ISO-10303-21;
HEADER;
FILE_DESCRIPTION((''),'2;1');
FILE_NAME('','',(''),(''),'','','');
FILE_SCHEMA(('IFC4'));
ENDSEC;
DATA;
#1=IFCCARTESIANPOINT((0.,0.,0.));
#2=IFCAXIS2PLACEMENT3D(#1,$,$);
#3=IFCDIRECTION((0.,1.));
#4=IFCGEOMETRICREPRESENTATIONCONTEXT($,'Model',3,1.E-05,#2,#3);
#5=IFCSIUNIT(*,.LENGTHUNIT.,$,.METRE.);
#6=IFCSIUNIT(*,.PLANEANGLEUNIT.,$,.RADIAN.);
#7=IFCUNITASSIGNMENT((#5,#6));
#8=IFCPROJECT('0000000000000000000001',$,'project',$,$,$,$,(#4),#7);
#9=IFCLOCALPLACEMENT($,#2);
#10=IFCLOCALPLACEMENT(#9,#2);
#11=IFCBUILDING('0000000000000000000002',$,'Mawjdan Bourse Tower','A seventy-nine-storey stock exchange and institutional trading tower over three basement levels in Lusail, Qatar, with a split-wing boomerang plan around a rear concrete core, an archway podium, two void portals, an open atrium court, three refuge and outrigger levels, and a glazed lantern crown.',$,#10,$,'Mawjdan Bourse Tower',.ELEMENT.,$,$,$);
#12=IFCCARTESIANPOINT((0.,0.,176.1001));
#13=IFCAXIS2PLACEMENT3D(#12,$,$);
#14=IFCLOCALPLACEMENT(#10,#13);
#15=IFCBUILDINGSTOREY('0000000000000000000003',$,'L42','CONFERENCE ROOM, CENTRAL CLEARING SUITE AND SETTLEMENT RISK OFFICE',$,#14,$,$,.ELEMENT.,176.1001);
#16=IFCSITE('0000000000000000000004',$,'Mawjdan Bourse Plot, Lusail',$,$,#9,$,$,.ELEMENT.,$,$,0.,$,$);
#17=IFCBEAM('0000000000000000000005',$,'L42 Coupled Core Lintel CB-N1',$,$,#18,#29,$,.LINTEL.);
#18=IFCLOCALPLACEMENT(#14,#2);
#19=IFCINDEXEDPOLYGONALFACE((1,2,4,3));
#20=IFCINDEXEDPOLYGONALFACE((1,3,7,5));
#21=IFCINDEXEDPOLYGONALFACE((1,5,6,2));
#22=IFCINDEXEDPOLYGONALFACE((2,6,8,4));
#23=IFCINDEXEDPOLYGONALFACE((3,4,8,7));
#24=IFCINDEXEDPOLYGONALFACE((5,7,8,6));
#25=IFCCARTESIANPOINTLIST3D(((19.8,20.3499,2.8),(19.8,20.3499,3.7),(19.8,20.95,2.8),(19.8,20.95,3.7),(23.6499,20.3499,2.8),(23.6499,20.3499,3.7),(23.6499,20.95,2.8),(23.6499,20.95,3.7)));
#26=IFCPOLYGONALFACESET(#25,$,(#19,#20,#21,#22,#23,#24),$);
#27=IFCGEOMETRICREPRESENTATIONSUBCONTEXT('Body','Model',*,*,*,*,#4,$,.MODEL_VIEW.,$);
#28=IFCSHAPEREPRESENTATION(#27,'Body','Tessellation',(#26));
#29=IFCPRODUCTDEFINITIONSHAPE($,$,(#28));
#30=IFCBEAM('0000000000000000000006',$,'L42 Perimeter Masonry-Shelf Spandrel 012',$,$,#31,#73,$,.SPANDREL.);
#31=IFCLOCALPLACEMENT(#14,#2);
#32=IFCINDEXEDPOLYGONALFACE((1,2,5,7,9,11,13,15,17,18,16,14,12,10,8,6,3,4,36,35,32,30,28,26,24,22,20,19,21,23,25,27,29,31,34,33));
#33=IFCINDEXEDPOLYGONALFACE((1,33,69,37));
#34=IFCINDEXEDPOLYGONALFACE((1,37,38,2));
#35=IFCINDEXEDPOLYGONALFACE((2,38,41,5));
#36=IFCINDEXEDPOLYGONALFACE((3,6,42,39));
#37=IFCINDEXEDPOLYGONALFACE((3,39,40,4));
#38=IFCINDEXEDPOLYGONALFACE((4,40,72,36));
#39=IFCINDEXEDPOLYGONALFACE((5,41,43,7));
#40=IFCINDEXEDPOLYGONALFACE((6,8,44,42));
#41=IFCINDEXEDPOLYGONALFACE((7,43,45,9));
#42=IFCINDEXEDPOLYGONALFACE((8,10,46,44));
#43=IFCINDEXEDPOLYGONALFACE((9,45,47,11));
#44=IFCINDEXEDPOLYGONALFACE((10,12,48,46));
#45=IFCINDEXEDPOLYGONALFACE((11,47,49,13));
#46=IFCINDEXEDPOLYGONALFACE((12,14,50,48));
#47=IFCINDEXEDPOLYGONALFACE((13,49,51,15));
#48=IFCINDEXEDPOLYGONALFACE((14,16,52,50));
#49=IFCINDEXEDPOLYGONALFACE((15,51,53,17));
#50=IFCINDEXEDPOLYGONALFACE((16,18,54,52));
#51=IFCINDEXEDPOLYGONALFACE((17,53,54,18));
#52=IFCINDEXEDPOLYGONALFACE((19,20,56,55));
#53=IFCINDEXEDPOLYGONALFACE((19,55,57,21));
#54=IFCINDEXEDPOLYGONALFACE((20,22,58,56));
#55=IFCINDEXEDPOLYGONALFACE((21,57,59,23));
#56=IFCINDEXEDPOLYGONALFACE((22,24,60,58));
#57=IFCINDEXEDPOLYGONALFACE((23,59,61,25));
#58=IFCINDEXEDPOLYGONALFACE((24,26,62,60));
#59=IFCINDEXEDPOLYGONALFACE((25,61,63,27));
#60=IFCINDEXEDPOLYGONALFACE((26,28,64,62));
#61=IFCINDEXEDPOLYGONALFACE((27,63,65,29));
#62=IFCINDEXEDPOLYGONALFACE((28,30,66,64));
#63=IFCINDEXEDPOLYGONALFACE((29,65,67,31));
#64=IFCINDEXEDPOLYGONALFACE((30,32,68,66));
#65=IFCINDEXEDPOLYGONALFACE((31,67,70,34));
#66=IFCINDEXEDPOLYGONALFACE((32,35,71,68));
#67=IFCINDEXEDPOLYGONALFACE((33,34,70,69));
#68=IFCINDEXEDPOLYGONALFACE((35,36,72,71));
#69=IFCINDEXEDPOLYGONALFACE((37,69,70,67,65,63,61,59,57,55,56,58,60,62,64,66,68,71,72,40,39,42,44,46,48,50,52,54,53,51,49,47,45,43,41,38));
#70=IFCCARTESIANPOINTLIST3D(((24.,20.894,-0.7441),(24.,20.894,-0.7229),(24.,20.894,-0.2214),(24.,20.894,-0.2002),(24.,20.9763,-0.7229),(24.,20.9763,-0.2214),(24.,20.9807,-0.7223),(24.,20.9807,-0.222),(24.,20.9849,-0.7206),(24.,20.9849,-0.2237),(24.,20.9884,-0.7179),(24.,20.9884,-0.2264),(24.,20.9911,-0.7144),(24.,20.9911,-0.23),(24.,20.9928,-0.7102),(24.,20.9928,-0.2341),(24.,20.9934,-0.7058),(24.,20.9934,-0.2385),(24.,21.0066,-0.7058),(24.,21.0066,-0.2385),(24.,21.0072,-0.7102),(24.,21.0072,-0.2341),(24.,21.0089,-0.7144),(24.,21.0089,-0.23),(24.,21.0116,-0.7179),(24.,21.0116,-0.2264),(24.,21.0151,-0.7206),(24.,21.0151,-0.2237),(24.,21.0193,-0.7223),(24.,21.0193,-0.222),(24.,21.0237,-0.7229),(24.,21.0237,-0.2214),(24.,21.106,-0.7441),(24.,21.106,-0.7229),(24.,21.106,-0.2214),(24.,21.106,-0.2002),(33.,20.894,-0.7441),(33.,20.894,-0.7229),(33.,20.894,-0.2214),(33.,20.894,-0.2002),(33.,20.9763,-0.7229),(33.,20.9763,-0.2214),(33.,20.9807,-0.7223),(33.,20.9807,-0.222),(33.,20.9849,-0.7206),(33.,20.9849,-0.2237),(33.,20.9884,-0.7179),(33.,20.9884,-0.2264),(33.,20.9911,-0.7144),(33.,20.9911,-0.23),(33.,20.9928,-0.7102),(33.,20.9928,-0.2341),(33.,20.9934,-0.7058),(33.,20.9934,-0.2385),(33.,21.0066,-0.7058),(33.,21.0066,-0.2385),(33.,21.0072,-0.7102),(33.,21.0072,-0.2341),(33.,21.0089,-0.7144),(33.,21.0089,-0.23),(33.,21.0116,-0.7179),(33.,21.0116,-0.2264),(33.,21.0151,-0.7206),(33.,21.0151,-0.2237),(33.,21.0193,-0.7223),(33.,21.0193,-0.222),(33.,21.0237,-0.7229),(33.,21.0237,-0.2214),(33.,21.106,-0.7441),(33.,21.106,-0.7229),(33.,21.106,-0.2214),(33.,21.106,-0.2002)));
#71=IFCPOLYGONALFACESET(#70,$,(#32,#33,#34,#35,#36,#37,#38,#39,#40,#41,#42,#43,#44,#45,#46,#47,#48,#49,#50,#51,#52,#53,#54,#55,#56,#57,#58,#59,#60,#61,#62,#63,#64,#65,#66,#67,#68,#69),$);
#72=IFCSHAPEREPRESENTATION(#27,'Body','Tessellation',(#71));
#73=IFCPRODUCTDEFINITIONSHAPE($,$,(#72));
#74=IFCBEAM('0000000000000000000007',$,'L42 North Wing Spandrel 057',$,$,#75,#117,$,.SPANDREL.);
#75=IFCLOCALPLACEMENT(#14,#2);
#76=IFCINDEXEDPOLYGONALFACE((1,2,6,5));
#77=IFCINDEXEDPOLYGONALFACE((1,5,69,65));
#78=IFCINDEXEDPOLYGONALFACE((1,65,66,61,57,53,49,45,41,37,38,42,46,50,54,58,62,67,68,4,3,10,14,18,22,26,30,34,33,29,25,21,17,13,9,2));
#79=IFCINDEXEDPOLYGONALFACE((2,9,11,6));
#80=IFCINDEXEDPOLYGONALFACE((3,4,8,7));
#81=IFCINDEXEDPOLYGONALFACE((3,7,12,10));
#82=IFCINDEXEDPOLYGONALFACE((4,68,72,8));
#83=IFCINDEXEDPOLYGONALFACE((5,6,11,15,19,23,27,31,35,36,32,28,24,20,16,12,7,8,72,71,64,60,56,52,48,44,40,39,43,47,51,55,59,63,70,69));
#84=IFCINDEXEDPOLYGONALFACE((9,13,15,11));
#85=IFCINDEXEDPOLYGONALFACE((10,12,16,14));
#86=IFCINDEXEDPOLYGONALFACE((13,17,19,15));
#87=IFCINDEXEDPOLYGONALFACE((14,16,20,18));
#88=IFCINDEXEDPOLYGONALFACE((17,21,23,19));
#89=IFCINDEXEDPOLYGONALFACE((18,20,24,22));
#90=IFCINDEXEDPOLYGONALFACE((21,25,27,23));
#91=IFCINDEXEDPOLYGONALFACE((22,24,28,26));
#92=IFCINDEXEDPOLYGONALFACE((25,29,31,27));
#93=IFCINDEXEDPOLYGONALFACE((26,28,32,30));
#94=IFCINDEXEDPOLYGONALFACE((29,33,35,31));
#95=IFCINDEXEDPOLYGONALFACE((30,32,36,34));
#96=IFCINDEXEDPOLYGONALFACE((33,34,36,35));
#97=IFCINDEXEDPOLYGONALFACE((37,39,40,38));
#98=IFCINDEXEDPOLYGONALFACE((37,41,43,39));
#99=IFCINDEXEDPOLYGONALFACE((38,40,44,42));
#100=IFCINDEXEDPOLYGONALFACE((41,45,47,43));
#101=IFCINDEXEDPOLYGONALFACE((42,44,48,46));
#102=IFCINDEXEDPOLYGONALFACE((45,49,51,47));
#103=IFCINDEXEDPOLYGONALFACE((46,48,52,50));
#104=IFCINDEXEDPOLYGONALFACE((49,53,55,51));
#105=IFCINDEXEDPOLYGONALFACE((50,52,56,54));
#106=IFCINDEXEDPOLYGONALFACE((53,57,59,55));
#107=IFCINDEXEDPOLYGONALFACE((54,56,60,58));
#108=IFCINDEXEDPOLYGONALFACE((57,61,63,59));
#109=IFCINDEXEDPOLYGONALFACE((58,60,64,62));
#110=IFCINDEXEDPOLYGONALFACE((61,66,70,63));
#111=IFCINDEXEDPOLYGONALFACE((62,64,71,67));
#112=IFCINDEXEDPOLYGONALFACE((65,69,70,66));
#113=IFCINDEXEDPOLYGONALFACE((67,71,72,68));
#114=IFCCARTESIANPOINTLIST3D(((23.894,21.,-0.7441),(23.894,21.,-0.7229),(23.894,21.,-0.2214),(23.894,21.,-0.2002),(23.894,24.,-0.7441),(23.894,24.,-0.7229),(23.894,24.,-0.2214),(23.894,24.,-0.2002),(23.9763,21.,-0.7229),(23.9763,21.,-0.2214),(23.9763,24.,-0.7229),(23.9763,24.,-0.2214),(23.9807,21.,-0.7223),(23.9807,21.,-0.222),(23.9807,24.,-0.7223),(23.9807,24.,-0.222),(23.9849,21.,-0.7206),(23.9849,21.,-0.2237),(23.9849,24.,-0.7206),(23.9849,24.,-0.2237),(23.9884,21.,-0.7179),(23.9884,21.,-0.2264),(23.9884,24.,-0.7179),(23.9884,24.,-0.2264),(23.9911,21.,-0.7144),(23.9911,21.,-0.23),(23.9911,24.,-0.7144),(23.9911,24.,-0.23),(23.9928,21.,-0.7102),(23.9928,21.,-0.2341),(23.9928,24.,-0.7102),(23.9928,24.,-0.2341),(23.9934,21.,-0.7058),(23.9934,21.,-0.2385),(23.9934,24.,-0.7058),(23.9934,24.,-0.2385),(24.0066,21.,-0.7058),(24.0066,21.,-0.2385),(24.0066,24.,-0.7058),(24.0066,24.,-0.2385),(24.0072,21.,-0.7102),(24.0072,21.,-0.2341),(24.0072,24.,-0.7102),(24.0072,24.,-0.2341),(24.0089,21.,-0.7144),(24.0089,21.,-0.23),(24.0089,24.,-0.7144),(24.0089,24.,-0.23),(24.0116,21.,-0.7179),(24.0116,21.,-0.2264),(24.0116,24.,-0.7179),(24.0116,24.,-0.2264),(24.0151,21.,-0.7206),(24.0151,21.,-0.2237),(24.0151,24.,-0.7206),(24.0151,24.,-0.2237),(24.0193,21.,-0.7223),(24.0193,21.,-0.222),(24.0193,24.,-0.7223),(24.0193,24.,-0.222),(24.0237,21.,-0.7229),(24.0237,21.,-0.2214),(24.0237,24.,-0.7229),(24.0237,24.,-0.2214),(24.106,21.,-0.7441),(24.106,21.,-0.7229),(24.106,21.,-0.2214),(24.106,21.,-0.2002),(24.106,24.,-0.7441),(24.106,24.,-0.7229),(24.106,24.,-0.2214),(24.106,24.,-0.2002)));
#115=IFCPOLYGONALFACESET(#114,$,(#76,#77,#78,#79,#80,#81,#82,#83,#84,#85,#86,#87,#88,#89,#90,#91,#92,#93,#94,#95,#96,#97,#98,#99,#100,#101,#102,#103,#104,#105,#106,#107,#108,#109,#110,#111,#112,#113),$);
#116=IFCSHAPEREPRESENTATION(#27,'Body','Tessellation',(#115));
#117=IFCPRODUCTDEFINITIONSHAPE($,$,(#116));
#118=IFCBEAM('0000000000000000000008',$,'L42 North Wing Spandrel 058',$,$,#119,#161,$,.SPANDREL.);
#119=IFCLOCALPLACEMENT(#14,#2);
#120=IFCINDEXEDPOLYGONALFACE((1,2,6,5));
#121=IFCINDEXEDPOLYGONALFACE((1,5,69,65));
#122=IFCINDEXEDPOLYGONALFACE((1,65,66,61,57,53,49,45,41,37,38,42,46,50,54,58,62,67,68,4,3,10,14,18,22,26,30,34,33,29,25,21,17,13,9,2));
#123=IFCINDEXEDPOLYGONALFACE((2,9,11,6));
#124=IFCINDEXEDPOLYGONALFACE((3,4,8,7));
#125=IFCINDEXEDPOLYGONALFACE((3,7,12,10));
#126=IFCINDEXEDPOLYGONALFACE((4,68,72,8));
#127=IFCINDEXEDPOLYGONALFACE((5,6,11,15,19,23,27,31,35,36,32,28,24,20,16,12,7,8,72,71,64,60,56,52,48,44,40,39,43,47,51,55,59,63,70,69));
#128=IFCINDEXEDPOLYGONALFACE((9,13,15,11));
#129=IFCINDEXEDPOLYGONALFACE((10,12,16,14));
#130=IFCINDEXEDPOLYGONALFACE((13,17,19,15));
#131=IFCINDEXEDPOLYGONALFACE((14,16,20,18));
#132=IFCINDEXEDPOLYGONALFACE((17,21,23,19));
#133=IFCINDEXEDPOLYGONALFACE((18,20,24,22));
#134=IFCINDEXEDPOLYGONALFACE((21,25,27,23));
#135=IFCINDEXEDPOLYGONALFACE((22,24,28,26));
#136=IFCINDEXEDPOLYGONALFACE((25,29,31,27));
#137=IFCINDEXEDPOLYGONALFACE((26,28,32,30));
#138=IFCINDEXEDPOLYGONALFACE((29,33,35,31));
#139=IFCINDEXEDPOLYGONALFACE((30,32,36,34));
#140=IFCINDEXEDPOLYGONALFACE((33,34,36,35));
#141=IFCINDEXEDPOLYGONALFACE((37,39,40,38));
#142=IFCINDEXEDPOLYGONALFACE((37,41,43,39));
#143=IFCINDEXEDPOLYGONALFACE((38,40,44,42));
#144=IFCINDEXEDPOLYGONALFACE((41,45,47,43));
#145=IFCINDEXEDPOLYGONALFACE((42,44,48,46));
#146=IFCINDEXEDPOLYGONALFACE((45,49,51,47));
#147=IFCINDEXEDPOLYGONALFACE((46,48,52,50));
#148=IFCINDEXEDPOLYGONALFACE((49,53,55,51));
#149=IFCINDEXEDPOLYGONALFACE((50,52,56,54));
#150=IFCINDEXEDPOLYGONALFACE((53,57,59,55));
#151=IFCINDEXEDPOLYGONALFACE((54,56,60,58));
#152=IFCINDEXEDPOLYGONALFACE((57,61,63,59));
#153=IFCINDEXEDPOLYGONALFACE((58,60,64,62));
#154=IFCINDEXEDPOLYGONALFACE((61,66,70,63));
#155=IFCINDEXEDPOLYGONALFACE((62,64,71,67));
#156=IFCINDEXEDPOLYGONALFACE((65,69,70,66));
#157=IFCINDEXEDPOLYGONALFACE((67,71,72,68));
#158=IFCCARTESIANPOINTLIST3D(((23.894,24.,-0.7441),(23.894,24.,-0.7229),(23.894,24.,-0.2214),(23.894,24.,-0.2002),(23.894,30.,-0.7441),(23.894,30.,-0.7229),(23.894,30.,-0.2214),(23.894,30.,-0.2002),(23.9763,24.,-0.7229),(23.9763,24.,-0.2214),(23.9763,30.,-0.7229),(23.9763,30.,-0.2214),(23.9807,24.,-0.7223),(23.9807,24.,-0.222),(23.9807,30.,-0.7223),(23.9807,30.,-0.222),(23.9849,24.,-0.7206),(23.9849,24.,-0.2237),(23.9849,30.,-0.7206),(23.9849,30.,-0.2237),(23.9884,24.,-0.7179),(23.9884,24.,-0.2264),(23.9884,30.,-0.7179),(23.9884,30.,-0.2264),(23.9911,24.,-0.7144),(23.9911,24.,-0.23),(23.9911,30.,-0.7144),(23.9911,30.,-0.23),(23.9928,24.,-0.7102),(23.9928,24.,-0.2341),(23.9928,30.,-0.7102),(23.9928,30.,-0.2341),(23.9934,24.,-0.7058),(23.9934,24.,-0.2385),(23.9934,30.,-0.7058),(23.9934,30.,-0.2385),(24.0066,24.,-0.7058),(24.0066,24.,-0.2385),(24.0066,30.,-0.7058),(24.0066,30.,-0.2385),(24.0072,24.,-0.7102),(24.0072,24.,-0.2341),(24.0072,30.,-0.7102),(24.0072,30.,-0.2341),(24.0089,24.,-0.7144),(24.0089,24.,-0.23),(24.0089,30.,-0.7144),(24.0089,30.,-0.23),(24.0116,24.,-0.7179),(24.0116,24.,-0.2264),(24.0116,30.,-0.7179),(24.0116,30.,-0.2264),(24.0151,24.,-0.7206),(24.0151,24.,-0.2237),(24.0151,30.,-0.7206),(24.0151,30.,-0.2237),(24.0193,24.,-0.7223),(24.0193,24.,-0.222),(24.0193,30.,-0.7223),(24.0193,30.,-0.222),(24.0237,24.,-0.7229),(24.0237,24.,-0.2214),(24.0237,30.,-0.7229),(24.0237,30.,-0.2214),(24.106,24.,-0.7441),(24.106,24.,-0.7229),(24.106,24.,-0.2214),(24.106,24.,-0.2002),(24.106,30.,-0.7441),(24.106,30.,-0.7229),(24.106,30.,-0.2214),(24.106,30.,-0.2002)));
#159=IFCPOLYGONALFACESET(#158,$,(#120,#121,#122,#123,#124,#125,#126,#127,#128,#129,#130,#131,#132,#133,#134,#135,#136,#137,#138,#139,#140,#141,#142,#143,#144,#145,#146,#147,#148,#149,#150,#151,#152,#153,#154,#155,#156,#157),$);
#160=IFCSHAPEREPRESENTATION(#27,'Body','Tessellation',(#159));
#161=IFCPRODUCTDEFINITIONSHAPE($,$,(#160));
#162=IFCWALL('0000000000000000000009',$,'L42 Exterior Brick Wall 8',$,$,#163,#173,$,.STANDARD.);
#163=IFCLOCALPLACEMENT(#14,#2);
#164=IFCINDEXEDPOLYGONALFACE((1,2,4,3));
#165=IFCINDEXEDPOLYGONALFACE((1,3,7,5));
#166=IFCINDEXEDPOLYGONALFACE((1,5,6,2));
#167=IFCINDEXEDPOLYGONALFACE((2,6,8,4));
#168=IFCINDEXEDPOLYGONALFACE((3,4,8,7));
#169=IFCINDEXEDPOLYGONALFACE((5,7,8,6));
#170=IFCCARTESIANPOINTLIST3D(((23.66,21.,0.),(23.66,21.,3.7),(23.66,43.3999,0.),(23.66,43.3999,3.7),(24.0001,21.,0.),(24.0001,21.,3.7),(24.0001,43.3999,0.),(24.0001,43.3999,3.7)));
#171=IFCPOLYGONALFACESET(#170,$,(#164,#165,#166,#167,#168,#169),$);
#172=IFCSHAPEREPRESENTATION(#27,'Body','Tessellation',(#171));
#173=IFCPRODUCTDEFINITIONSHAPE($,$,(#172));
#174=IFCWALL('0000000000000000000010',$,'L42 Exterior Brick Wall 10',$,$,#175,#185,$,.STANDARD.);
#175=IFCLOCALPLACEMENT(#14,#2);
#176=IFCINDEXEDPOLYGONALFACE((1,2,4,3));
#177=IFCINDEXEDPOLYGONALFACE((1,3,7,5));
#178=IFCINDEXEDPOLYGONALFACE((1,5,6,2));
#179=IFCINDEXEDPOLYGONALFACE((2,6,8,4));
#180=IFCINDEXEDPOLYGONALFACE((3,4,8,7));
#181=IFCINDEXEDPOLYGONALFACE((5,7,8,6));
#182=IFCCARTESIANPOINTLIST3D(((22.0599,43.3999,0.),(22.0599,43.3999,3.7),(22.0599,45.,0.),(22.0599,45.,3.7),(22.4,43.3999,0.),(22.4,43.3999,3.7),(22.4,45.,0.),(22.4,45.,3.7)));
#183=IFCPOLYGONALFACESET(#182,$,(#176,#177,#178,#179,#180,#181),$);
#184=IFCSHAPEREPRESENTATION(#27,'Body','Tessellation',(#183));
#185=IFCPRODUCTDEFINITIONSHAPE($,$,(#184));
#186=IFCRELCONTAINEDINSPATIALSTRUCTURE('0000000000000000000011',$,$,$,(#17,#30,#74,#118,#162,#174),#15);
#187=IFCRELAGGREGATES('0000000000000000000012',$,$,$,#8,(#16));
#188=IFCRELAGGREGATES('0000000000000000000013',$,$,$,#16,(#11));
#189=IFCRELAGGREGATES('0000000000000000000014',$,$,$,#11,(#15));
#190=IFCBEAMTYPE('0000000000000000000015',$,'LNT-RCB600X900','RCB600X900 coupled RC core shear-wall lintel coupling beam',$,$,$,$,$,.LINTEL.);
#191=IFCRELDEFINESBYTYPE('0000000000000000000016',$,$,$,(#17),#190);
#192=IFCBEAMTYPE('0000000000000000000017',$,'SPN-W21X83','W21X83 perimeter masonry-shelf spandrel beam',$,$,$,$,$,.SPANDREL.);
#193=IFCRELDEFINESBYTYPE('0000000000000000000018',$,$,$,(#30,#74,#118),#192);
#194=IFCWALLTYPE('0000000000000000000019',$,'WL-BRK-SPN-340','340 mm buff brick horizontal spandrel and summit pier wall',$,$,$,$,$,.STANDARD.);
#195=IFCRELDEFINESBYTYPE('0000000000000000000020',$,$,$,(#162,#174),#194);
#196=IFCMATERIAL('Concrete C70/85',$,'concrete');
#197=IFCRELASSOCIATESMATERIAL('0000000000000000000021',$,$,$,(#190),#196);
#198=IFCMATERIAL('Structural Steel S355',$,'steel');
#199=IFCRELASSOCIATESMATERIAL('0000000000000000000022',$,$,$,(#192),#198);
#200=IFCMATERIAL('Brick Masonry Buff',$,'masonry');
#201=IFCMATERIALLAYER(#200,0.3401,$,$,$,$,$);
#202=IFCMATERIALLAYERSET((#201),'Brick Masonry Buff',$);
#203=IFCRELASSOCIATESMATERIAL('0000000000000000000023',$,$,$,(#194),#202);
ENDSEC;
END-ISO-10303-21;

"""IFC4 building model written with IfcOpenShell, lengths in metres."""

from ifc_helpers import new_model, si_unit, direction, frame, frame_2d, origin, origin_2d, place, context, subcontext, project, spatial, rectangle, i_section, extrude, material, layer, layer_set, material_profile, profile_set, type_object, element, save


model = new_model("IFC4")

# Units and contexts
model_context = context("Model", 3, precision=1e-05, world=origin(), true_north=direction((0.0, 1.0)))
body_context = subcontext(model_context, "Body", "Model", "MODEL_VIEW")
ifc_project = project(units=[si_unit("LENGTHUNIT", "METRE"), si_unit("PLANEANGLEUNIT", "RADIAN")], contexts=[model_context])

# Site, building, storey
site_placement = place(None, origin())
site = spatial("IfcSite", under=ifc_project, at=site_placement, Name="Mawjdan Bourse Plot, Lusail", CompositionType="ELEMENT", RefElevation=0.0)
building_placement = place(site_placement, origin())
building = spatial("IfcBuilding", under=site, at=building_placement, Name="Mawjdan Bourse Tower", Description="A seventy-nine-storey stock exchange and institutional trading tower over three basement levels in Lusail, Qatar, with a split-wing boomerang plan around a rear concrete core, an archway podium, two void portals, an open atrium court, three refuge and outrigger levels, and a glazed lantern crown.", LongName="Mawjdan Bourse Tower", CompositionType="ELEMENT")
storey_placement = place(building_placement, frame((0.0, 0.0, 176.1001)))
storey = spatial("IfcBuildingStorey", under=building, at=storey_placement, Name="L42", Description="CONFERENCE ROOM, CENTRAL CLEARING SUITE AND SETTLEMENT RISK OFFICE", CompositionType="ELEMENT", Elevation=176.1001)

# Shared definitions
ifc_material_1 = material(Name="Concrete C70/85", Category="concrete")

# Beams
ifc_material_2 = material(Name="Structural Steel S355", Category="steel")
ifc_material_profile_1 = material_profile(ifc_material_1, rectangle(XDim=0.6001, YDim=0.8999, at=origin_2d()), Name="RCB600X900")
ifc_profile_set_1 = profile_set([ifc_material_profile_1], Name="Concrete C70/85")
beam_type_1 = type_object("IfcBeamType", Name="LNT-RCB600X900", Description="RCB600X900 coupled RC core shear-wall lintel coupling beam", PredefinedType="LINTEL", material=ifc_profile_set_1)
beam_1_placement = place(storey_placement, frame((19.8, 20.6499, 3.25), z_axis=(1.0, 0.0, 0.0), x_axis=(0.0, 1.0, 0.0)))
element("IfcBeam", 1, at=beam_1_placement, inside=storey, type_object=beam_type_1, Name="L42 Coupled Core Lintel CB-N1", PredefinedType="LINTEL", context=body_context, shape_type="SweptSolid", body=[
    extrude(rectangle(XDim=0.6001, YDim=0.8999, at=origin_2d()), origin(), (0.0, 0.0, 1.0), 3.8499),
])
ifc_material_profile_2 = material_profile(ifc_material_2, i_section(OverallWidth=0.2119, OverallDepth=0.5439, WebThickness=0.0132, FlangeThickness=0.0212, FilletRadius=0.0171, at=origin_2d()), Name="W21X83")
ifc_profile_set_2 = profile_set([ifc_material_profile_2], Name="Structural Steel S355")
beam_type_2 = type_object("IfcBeamType", Name="SPN-W21X83", Description="W21X83 perimeter masonry-shelf spandrel beam", PredefinedType="SPANDREL", material=ifc_profile_set_2)
beam_2_placement = place(storey_placement, frame((24.0, 21.0, -0.4722), z_axis=(1.0, 0.0, 0.0), x_axis=(0.0, 1.0, 0.0)))
element("IfcBeam", 2, at=beam_2_placement, inside=storey, type_object=beam_type_2, Name="L42 Perimeter Masonry-Shelf Spandrel 012", PredefinedType="SPANDREL", context=body_context, shape_type="SweptSolid", body=[
    extrude(i_section(OverallWidth=0.2119, OverallDepth=0.5439, WebThickness=0.0132, FlangeThickness=0.0212, FilletRadius=0.0171, at=origin_2d()), origin(), (0.0, 0.0, 1.0), 9.0),
])
beam_3_placement = place(storey_placement, frame((24.0, 21.0, -0.4722), z_axis=(0.0, 1.0, 0.0), x_axis=(-1.0, 0.0, 0.0)))
element("IfcBeam", 3, at=beam_3_placement, inside=storey, type_object=beam_type_2, Name="L42 North Wing Spandrel 057", PredefinedType="SPANDREL", context=body_context, shape_type="SweptSolid", body=[
    extrude(i_section(OverallWidth=0.2119, OverallDepth=0.5439, WebThickness=0.0132, FlangeThickness=0.0212, FilletRadius=0.0171, at=origin_2d()), origin(), (0.0, 0.0, 1.0), 3.0),
])
beam_4_placement = place(storey_placement, frame((24.0, 24.0, -0.4722), z_axis=(0.0, 1.0, 0.0), x_axis=(-1.0, 0.0, 0.0)))
element("IfcBeam", 4, at=beam_4_placement, inside=storey, type_object=beam_type_2, Name="L42 North Wing Spandrel 058", PredefinedType="SPANDREL", context=body_context, shape_type="SweptSolid", body=[
    extrude(i_section(OverallWidth=0.2119, OverallDepth=0.5439, WebThickness=0.0132, FlangeThickness=0.0212, FilletRadius=0.0171, at=origin_2d()), origin(), (0.0, 0.0, 1.0), 6.0),
])

# Walls
ifc_material_3 = material(Name="Brick Masonry Buff", Category="masonry")
ifc_layer_1 = layer(ifc_material_3, 0.3401)
ifc_layer_set_1 = layer_set([ifc_layer_1], Name="Brick Masonry Buff")
wall_type_1 = type_object("IfcWallType", Name="WL-BRK-SPN-340", Description="340 mm buff brick horizontal spandrel and summit pier wall", PredefinedType="STANDARD", material=ifc_layer_set_1)
wall_1_placement = place(storey_placement, frame((23.8301, 21.0, 0.0), z_axis=(0.0, 0.0, 1.0), x_axis=(0.0, 1.0, 0.0)))
element("IfcWall", 5, at=wall_1_placement, inside=storey, type_object=wall_type_1, Name="L42 Exterior Brick Wall 8", PredefinedType="STANDARD", context=body_context, shape_type="SweptSolid", body=[
    extrude(rectangle(XDim=22.3999, YDim=0.3401, at=frame_2d((11.2, 0.0))), origin(), (0.0, 0.0, 1.0), 3.7),
])
wall_2_placement = place(storey_placement, frame((22.23, 43.3999, 0.0), z_axis=(0.0, 0.0, 1.0), x_axis=(0.0, 1.0, 0.0)))
element("IfcWall", 6, at=wall_2_placement, inside=storey, type_object=wall_type_1, Name="L42 Exterior Brick Wall 10", PredefinedType="STANDARD", context=body_context, shape_type="SweptSolid", body=[
    extrude(rectangle(XDim=1.6001, YDim=0.3401, at=frame_2d((0.8, 0.0))), origin(), (0.0, 0.0, 1.0), 3.7),
])

save(model, "model.ifc")
